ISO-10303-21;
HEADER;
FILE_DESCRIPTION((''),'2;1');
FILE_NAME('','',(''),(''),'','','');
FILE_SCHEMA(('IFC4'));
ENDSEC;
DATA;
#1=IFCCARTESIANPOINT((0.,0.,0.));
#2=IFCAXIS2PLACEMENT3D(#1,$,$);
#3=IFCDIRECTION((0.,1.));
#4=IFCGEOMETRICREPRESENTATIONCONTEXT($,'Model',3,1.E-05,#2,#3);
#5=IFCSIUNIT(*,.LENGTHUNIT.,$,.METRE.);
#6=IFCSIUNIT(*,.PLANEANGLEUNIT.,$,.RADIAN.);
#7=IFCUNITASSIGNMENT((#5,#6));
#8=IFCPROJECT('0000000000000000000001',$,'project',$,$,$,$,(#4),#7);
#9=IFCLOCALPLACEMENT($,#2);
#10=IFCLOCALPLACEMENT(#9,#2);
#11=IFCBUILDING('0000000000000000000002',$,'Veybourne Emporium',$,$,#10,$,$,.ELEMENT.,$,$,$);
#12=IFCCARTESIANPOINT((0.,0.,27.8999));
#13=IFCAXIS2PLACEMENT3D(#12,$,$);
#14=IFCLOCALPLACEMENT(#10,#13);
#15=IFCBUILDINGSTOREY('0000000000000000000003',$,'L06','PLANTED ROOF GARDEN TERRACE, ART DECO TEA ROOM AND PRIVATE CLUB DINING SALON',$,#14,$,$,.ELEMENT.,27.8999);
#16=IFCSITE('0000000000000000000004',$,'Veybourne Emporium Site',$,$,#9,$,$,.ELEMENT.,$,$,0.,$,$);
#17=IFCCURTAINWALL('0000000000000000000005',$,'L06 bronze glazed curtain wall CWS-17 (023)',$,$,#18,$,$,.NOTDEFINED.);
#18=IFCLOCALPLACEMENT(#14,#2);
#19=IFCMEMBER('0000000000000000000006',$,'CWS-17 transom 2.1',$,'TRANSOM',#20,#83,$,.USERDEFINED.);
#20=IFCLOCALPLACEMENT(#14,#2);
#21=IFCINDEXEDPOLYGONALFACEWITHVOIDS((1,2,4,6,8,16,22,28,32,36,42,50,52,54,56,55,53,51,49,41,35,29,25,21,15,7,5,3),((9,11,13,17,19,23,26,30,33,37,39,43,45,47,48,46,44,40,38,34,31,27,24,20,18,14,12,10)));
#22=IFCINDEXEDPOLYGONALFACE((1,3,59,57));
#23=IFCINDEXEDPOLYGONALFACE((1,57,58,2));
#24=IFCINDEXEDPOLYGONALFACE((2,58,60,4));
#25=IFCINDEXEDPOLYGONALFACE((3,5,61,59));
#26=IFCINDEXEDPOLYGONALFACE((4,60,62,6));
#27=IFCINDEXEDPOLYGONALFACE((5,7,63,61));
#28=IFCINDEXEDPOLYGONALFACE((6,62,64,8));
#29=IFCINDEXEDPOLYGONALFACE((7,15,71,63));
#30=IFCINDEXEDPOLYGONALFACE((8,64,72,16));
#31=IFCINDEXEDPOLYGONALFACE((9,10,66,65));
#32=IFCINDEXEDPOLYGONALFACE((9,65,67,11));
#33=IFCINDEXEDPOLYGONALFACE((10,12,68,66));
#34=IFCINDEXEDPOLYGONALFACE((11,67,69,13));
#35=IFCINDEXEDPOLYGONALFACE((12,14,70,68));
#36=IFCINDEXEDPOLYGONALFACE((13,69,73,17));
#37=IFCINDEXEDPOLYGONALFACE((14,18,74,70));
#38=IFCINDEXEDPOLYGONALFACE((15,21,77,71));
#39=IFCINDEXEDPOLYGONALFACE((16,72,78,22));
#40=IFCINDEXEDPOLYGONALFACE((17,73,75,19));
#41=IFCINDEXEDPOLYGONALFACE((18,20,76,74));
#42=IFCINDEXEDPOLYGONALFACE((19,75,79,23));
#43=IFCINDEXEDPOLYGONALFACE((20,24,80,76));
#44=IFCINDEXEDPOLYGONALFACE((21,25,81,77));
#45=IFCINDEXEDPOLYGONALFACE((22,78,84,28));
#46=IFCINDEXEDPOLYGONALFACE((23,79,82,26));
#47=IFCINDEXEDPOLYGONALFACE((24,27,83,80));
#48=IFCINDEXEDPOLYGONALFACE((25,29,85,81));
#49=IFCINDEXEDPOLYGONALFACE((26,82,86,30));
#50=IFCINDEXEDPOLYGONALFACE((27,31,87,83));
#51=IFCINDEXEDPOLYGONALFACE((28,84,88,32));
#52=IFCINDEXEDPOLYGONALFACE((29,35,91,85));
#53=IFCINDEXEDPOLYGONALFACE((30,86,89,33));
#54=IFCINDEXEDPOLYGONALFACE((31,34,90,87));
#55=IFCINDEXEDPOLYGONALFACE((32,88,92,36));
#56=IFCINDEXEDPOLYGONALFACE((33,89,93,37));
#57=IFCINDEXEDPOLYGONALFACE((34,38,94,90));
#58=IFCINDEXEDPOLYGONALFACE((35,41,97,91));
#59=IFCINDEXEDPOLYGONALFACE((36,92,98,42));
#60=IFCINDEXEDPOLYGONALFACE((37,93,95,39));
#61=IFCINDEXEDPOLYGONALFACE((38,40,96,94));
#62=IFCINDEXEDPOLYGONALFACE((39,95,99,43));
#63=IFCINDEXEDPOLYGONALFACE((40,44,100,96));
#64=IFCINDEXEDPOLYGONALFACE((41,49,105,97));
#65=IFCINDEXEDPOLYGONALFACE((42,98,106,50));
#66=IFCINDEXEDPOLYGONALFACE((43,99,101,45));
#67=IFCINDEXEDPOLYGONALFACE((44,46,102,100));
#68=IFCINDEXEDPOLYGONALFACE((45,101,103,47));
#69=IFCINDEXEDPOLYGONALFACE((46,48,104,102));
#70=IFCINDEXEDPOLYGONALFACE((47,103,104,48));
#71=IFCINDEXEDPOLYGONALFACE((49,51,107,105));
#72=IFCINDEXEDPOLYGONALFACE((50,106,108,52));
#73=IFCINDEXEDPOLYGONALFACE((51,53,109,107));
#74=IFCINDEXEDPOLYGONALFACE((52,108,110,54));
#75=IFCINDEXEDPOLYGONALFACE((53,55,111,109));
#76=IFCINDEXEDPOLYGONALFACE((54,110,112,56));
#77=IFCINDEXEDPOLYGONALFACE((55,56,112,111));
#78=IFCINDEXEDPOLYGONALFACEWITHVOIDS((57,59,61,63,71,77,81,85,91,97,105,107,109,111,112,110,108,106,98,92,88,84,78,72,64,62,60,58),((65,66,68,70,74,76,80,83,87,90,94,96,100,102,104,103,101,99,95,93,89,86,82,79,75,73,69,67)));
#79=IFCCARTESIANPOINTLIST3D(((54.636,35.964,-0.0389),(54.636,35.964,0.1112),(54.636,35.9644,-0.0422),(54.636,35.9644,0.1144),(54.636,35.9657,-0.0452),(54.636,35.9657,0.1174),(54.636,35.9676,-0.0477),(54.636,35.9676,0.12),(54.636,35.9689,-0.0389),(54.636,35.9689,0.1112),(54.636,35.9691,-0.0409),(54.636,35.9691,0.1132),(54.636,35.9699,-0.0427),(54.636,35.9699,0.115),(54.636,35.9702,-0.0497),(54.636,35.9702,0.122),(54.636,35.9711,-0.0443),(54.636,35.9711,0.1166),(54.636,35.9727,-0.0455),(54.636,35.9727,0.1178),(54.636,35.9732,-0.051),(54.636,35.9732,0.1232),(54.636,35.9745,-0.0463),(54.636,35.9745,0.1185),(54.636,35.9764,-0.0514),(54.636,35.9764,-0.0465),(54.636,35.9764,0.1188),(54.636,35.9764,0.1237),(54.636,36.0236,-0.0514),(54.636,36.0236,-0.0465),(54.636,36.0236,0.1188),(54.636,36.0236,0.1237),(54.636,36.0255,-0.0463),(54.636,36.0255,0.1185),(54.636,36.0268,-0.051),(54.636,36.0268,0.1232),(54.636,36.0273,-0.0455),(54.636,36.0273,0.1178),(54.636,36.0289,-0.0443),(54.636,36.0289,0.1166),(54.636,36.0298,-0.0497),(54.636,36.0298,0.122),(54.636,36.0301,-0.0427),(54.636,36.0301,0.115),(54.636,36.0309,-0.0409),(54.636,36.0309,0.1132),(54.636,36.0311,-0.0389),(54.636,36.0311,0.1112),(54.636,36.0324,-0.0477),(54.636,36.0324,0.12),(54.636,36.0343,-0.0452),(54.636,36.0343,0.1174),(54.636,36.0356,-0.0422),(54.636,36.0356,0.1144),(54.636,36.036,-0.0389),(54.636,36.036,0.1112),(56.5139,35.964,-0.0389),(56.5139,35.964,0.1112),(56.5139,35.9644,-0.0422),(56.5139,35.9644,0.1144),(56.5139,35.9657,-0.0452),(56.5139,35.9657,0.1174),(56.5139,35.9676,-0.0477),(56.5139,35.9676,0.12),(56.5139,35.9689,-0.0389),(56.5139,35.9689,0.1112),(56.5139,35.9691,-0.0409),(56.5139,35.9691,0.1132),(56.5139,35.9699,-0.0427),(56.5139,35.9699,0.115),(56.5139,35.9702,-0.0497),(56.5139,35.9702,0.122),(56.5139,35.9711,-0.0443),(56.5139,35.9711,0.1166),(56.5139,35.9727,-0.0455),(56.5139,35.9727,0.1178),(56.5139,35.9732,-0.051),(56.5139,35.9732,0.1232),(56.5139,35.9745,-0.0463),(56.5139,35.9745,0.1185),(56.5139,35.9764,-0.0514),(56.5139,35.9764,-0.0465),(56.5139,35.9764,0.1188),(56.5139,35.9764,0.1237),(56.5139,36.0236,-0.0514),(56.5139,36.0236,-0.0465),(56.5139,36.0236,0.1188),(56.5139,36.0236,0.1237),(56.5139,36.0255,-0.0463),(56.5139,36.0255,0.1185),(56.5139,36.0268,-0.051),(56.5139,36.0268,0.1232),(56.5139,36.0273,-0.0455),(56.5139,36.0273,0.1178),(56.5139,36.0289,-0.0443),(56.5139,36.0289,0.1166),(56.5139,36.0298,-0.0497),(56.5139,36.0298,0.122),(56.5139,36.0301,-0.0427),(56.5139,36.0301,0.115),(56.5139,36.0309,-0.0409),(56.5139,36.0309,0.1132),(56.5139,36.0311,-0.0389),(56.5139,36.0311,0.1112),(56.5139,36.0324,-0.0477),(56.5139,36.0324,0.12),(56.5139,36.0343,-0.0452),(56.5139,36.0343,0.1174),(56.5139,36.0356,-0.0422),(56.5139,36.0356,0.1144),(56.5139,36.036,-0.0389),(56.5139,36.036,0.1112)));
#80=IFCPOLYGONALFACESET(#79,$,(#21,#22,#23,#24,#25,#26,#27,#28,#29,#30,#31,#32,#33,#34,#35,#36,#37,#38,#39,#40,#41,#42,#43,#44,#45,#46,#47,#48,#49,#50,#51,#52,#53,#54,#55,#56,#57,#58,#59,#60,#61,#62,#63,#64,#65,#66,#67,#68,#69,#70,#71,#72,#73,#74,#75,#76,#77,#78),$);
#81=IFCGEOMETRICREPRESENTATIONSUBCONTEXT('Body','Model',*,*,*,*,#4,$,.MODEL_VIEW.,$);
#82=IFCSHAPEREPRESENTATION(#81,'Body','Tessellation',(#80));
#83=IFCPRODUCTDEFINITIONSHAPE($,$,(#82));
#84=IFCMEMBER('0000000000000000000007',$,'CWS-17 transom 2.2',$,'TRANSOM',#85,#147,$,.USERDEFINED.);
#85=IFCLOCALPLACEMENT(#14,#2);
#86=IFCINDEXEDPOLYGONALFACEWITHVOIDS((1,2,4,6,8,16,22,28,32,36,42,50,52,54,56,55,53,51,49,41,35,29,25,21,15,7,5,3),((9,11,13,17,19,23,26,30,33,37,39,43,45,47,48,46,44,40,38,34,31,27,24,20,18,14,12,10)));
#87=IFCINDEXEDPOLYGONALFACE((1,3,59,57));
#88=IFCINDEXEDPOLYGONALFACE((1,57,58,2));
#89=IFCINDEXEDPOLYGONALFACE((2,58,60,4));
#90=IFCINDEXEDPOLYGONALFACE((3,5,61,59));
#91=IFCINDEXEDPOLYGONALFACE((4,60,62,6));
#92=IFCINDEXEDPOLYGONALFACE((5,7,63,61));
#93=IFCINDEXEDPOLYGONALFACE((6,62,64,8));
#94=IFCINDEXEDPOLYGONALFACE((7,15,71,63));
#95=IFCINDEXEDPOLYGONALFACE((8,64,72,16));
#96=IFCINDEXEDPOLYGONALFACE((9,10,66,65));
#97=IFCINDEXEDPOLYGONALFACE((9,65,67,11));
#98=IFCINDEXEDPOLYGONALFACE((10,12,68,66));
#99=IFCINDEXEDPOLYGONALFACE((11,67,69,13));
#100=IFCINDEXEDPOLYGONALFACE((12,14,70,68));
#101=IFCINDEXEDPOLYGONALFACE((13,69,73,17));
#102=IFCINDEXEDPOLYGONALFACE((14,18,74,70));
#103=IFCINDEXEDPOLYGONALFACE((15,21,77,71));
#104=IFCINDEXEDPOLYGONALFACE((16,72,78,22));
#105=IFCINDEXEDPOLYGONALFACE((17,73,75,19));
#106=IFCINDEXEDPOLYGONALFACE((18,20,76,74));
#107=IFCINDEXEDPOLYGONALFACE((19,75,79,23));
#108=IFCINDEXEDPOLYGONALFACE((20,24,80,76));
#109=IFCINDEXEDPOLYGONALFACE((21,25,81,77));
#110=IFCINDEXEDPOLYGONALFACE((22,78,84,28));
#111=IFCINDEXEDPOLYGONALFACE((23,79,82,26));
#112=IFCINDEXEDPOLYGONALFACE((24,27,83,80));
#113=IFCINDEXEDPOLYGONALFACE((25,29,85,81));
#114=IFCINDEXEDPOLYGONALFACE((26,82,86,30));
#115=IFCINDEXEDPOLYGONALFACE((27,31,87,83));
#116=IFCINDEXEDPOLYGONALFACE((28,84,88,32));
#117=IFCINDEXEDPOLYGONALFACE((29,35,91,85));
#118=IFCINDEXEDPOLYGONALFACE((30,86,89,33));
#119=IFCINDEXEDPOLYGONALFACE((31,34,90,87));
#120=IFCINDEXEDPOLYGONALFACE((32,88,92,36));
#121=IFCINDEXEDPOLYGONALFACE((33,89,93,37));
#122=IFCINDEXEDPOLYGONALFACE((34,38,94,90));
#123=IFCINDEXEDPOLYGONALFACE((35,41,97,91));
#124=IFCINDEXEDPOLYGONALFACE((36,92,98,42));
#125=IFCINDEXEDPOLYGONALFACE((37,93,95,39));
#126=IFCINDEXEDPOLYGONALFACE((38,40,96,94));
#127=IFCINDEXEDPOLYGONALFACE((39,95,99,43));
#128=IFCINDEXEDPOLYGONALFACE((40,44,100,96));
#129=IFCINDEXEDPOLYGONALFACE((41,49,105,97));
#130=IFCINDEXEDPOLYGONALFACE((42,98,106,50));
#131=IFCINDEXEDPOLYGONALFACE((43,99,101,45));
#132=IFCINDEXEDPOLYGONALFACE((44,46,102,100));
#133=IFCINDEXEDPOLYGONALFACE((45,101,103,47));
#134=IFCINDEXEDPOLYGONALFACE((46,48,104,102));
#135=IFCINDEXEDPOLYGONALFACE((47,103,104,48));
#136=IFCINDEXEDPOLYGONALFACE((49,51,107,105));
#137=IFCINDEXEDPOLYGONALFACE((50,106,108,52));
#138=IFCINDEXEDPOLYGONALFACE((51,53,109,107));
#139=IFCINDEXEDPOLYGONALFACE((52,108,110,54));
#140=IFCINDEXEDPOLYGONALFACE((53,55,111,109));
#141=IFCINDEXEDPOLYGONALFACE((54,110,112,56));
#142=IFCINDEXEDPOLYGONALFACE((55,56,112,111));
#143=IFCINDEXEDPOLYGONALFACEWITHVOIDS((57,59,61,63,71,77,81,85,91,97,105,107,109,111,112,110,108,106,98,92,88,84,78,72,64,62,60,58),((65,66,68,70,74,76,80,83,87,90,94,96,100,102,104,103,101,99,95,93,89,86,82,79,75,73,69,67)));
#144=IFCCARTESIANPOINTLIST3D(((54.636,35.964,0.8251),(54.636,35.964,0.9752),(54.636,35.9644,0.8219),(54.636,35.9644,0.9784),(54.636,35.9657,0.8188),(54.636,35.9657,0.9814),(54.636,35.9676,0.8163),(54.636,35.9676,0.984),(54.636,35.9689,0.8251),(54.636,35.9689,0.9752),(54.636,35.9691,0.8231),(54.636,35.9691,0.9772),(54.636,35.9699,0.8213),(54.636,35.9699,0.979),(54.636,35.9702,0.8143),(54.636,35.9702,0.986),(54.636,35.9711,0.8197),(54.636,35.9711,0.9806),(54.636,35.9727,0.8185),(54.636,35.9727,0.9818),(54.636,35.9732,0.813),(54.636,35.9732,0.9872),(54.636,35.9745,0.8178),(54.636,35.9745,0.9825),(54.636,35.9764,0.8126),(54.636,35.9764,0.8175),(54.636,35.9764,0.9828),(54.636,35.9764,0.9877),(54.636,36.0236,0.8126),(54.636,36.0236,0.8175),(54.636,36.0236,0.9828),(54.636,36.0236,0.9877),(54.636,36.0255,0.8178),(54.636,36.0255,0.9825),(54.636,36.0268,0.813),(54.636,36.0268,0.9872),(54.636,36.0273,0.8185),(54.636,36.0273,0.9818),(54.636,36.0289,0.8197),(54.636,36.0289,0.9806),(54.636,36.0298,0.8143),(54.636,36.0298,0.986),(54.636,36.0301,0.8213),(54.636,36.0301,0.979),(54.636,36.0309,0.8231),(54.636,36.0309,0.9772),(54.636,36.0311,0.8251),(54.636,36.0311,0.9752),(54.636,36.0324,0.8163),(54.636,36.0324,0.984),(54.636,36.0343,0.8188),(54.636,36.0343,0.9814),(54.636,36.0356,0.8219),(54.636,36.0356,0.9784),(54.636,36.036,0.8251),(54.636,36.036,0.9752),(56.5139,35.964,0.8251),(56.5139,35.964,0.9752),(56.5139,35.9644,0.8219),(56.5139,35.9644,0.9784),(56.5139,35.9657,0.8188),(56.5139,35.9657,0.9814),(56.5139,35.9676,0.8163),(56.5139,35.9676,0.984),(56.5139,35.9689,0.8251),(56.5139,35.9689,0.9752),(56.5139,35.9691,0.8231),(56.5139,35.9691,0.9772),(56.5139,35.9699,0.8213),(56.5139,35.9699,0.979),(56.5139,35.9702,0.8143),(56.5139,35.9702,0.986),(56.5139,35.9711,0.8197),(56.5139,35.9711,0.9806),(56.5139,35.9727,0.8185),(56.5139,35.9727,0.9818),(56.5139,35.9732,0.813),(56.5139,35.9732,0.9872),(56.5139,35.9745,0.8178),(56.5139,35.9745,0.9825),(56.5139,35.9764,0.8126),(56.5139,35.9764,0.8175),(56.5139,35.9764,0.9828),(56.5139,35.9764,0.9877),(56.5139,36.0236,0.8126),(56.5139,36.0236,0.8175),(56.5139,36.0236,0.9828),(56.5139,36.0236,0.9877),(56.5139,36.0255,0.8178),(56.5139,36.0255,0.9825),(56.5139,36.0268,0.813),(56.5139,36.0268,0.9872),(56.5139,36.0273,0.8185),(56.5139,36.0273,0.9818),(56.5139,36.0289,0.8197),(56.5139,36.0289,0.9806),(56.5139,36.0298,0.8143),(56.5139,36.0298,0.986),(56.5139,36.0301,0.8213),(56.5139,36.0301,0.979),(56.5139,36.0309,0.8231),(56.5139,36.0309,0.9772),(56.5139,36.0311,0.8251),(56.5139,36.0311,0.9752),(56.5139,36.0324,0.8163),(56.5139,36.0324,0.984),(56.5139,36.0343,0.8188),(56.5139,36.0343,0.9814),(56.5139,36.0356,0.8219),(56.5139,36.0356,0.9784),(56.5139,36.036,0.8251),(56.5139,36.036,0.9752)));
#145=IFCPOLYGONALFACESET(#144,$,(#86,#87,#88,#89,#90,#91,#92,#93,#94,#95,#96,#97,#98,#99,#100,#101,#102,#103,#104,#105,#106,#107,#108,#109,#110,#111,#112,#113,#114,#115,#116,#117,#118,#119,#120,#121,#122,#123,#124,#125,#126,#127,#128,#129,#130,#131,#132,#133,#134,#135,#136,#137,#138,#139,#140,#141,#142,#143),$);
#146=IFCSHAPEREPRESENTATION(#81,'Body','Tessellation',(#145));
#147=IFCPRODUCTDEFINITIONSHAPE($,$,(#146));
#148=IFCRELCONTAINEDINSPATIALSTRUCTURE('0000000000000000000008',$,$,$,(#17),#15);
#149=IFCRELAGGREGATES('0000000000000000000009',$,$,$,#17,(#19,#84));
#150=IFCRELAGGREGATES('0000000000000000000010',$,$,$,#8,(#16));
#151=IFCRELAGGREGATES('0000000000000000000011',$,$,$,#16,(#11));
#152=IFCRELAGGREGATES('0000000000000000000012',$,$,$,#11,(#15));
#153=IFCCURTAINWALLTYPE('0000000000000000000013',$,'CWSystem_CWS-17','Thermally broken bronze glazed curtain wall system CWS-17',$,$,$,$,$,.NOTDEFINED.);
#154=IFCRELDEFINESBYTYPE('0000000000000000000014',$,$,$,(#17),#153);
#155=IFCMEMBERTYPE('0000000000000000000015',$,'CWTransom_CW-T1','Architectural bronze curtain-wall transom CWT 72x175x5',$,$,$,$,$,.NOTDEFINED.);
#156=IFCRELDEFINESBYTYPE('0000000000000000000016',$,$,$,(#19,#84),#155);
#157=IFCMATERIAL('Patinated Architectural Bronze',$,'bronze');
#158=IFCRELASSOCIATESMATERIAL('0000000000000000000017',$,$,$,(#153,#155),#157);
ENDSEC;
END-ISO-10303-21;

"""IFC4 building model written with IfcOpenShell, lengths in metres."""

from ifc_helpers import new_model, si_unit, direction, frame, origin, origin_2d, place, context, subcontext, project, spatial, hollow_rectangle, extrude, material, material_profile, profile_set, type_object, element, aggregate, save


model = new_model("IFC4")

# Units and contexts
model_context = context("Model", 3, precision=1e-05, world=origin(), true_north=direction((0.0, 1.0)))
body_context = subcontext(model_context, "Body", "Model", "MODEL_VIEW")
ifc_project = project(units=[si_unit("LENGTHUNIT", "METRE"), si_unit("PLANEANGLEUNIT", "RADIAN")], contexts=[model_context])

# Site, building, storey
site_placement = place(None, origin())
site = spatial("IfcSite", under=ifc_project, at=site_placement, Name="Veybourne Emporium Site", CompositionType="ELEMENT", RefElevation=0.0)
building_placement = place(site_placement, origin())
building = spatial("IfcBuilding", under=site, at=building_placement, Name="Veybourne Emporium", CompositionType="ELEMENT")
storey_placement = place(building_placement, frame((0.0, 0.0, 27.8999)))
storey = spatial("IfcBuildingStorey", under=building, at=storey_placement, Name="L06", Description="PLANTED ROOF GARDEN TERRACE, ART DECO TEA ROOM AND PRIVATE CLUB DINING SALON", CompositionType="ELEMENT", Elevation=27.8999)

# Curtain wall, members
ifc_material_1 = material(Name="Patinated Architectural Bronze", Category="bronze")
curtain_wall_type = type_object("IfcCurtainWallType", Name="CWSystem_CWS-17", Description="Thermally broken bronze glazed curtain wall system CWS-17", PredefinedType="NOTDEFINED", material=ifc_material_1)
curtain_wall_placement = place(storey_placement, origin())
curtain_wall = element("IfcCurtainWall", 1, at=curtain_wall_placement, inside=storey, type_object=curtain_wall_type, Name="L06 bronze glazed curtain wall CWS-17 (023)", PredefinedType="NOTDEFINED")
ifc_material_profile_1 = material_profile(ifc_material_1, hollow_rectangle(XDim=0.072, YDim=0.175, WallThickness=0.0049, InnerFilletRadius=0.0076, OuterFilletRadius=0.0125, at=origin_2d()), Name="CWT 72x175x5")
ifc_profile_set_1 = profile_set([ifc_material_profile_1], Name="Patinated Architectural Bronze")
member_type_1 = type_object("IfcMemberType", Name="CWTransom_CW-T1", Description="Architectural bronze curtain-wall transom CWT 72x175x5", PredefinedType="NOTDEFINED", material=ifc_profile_set_1)
member_1_placement = place(storey_placement, frame((56.5139, 36.0, 0.0361), z_axis=(-1.0, 0.0, 0.0), x_axis=(0.0, -1.0, 0.0)))
member_1 = element("IfcMember", 2, at=member_1_placement, type_object=member_type_1, Name="CWS-17 transom 2.1", ObjectType="TRANSOM", PredefinedType="USERDEFINED", context=body_context, shape_type="SweptSolid", body=[
    extrude(hollow_rectangle(XDim=0.072, YDim=0.175, WallThickness=0.0049, InnerFilletRadius=0.0076, OuterFilletRadius=0.0125, at=origin_2d()), origin(), (0.0, 0.0, 1.0), 1.8779),
])
member_2_placement = place(storey_placement, frame((56.5139, 36.0, 0.9001), z_axis=(-1.0, 0.0, 0.0), x_axis=(0.0, -1.0, 0.0)))
member_2 = element("IfcMember", 3, at=member_2_placement, type_object=member_type_1, Name="CWS-17 transom 2.2", ObjectType="TRANSOM", PredefinedType="USERDEFINED", context=body_context, shape_type="SweptSolid", body=[
    extrude(hollow_rectangle(XDim=0.072, YDim=0.175, WallThickness=0.0049, InnerFilletRadius=0.0076, OuterFilletRadius=0.0125, at=origin_2d()), origin(), (0.0, 0.0, 1.0), 1.8779),
])

aggregate(curtain_wall, [member_1, member_2])

save(model, "model.ifc")
